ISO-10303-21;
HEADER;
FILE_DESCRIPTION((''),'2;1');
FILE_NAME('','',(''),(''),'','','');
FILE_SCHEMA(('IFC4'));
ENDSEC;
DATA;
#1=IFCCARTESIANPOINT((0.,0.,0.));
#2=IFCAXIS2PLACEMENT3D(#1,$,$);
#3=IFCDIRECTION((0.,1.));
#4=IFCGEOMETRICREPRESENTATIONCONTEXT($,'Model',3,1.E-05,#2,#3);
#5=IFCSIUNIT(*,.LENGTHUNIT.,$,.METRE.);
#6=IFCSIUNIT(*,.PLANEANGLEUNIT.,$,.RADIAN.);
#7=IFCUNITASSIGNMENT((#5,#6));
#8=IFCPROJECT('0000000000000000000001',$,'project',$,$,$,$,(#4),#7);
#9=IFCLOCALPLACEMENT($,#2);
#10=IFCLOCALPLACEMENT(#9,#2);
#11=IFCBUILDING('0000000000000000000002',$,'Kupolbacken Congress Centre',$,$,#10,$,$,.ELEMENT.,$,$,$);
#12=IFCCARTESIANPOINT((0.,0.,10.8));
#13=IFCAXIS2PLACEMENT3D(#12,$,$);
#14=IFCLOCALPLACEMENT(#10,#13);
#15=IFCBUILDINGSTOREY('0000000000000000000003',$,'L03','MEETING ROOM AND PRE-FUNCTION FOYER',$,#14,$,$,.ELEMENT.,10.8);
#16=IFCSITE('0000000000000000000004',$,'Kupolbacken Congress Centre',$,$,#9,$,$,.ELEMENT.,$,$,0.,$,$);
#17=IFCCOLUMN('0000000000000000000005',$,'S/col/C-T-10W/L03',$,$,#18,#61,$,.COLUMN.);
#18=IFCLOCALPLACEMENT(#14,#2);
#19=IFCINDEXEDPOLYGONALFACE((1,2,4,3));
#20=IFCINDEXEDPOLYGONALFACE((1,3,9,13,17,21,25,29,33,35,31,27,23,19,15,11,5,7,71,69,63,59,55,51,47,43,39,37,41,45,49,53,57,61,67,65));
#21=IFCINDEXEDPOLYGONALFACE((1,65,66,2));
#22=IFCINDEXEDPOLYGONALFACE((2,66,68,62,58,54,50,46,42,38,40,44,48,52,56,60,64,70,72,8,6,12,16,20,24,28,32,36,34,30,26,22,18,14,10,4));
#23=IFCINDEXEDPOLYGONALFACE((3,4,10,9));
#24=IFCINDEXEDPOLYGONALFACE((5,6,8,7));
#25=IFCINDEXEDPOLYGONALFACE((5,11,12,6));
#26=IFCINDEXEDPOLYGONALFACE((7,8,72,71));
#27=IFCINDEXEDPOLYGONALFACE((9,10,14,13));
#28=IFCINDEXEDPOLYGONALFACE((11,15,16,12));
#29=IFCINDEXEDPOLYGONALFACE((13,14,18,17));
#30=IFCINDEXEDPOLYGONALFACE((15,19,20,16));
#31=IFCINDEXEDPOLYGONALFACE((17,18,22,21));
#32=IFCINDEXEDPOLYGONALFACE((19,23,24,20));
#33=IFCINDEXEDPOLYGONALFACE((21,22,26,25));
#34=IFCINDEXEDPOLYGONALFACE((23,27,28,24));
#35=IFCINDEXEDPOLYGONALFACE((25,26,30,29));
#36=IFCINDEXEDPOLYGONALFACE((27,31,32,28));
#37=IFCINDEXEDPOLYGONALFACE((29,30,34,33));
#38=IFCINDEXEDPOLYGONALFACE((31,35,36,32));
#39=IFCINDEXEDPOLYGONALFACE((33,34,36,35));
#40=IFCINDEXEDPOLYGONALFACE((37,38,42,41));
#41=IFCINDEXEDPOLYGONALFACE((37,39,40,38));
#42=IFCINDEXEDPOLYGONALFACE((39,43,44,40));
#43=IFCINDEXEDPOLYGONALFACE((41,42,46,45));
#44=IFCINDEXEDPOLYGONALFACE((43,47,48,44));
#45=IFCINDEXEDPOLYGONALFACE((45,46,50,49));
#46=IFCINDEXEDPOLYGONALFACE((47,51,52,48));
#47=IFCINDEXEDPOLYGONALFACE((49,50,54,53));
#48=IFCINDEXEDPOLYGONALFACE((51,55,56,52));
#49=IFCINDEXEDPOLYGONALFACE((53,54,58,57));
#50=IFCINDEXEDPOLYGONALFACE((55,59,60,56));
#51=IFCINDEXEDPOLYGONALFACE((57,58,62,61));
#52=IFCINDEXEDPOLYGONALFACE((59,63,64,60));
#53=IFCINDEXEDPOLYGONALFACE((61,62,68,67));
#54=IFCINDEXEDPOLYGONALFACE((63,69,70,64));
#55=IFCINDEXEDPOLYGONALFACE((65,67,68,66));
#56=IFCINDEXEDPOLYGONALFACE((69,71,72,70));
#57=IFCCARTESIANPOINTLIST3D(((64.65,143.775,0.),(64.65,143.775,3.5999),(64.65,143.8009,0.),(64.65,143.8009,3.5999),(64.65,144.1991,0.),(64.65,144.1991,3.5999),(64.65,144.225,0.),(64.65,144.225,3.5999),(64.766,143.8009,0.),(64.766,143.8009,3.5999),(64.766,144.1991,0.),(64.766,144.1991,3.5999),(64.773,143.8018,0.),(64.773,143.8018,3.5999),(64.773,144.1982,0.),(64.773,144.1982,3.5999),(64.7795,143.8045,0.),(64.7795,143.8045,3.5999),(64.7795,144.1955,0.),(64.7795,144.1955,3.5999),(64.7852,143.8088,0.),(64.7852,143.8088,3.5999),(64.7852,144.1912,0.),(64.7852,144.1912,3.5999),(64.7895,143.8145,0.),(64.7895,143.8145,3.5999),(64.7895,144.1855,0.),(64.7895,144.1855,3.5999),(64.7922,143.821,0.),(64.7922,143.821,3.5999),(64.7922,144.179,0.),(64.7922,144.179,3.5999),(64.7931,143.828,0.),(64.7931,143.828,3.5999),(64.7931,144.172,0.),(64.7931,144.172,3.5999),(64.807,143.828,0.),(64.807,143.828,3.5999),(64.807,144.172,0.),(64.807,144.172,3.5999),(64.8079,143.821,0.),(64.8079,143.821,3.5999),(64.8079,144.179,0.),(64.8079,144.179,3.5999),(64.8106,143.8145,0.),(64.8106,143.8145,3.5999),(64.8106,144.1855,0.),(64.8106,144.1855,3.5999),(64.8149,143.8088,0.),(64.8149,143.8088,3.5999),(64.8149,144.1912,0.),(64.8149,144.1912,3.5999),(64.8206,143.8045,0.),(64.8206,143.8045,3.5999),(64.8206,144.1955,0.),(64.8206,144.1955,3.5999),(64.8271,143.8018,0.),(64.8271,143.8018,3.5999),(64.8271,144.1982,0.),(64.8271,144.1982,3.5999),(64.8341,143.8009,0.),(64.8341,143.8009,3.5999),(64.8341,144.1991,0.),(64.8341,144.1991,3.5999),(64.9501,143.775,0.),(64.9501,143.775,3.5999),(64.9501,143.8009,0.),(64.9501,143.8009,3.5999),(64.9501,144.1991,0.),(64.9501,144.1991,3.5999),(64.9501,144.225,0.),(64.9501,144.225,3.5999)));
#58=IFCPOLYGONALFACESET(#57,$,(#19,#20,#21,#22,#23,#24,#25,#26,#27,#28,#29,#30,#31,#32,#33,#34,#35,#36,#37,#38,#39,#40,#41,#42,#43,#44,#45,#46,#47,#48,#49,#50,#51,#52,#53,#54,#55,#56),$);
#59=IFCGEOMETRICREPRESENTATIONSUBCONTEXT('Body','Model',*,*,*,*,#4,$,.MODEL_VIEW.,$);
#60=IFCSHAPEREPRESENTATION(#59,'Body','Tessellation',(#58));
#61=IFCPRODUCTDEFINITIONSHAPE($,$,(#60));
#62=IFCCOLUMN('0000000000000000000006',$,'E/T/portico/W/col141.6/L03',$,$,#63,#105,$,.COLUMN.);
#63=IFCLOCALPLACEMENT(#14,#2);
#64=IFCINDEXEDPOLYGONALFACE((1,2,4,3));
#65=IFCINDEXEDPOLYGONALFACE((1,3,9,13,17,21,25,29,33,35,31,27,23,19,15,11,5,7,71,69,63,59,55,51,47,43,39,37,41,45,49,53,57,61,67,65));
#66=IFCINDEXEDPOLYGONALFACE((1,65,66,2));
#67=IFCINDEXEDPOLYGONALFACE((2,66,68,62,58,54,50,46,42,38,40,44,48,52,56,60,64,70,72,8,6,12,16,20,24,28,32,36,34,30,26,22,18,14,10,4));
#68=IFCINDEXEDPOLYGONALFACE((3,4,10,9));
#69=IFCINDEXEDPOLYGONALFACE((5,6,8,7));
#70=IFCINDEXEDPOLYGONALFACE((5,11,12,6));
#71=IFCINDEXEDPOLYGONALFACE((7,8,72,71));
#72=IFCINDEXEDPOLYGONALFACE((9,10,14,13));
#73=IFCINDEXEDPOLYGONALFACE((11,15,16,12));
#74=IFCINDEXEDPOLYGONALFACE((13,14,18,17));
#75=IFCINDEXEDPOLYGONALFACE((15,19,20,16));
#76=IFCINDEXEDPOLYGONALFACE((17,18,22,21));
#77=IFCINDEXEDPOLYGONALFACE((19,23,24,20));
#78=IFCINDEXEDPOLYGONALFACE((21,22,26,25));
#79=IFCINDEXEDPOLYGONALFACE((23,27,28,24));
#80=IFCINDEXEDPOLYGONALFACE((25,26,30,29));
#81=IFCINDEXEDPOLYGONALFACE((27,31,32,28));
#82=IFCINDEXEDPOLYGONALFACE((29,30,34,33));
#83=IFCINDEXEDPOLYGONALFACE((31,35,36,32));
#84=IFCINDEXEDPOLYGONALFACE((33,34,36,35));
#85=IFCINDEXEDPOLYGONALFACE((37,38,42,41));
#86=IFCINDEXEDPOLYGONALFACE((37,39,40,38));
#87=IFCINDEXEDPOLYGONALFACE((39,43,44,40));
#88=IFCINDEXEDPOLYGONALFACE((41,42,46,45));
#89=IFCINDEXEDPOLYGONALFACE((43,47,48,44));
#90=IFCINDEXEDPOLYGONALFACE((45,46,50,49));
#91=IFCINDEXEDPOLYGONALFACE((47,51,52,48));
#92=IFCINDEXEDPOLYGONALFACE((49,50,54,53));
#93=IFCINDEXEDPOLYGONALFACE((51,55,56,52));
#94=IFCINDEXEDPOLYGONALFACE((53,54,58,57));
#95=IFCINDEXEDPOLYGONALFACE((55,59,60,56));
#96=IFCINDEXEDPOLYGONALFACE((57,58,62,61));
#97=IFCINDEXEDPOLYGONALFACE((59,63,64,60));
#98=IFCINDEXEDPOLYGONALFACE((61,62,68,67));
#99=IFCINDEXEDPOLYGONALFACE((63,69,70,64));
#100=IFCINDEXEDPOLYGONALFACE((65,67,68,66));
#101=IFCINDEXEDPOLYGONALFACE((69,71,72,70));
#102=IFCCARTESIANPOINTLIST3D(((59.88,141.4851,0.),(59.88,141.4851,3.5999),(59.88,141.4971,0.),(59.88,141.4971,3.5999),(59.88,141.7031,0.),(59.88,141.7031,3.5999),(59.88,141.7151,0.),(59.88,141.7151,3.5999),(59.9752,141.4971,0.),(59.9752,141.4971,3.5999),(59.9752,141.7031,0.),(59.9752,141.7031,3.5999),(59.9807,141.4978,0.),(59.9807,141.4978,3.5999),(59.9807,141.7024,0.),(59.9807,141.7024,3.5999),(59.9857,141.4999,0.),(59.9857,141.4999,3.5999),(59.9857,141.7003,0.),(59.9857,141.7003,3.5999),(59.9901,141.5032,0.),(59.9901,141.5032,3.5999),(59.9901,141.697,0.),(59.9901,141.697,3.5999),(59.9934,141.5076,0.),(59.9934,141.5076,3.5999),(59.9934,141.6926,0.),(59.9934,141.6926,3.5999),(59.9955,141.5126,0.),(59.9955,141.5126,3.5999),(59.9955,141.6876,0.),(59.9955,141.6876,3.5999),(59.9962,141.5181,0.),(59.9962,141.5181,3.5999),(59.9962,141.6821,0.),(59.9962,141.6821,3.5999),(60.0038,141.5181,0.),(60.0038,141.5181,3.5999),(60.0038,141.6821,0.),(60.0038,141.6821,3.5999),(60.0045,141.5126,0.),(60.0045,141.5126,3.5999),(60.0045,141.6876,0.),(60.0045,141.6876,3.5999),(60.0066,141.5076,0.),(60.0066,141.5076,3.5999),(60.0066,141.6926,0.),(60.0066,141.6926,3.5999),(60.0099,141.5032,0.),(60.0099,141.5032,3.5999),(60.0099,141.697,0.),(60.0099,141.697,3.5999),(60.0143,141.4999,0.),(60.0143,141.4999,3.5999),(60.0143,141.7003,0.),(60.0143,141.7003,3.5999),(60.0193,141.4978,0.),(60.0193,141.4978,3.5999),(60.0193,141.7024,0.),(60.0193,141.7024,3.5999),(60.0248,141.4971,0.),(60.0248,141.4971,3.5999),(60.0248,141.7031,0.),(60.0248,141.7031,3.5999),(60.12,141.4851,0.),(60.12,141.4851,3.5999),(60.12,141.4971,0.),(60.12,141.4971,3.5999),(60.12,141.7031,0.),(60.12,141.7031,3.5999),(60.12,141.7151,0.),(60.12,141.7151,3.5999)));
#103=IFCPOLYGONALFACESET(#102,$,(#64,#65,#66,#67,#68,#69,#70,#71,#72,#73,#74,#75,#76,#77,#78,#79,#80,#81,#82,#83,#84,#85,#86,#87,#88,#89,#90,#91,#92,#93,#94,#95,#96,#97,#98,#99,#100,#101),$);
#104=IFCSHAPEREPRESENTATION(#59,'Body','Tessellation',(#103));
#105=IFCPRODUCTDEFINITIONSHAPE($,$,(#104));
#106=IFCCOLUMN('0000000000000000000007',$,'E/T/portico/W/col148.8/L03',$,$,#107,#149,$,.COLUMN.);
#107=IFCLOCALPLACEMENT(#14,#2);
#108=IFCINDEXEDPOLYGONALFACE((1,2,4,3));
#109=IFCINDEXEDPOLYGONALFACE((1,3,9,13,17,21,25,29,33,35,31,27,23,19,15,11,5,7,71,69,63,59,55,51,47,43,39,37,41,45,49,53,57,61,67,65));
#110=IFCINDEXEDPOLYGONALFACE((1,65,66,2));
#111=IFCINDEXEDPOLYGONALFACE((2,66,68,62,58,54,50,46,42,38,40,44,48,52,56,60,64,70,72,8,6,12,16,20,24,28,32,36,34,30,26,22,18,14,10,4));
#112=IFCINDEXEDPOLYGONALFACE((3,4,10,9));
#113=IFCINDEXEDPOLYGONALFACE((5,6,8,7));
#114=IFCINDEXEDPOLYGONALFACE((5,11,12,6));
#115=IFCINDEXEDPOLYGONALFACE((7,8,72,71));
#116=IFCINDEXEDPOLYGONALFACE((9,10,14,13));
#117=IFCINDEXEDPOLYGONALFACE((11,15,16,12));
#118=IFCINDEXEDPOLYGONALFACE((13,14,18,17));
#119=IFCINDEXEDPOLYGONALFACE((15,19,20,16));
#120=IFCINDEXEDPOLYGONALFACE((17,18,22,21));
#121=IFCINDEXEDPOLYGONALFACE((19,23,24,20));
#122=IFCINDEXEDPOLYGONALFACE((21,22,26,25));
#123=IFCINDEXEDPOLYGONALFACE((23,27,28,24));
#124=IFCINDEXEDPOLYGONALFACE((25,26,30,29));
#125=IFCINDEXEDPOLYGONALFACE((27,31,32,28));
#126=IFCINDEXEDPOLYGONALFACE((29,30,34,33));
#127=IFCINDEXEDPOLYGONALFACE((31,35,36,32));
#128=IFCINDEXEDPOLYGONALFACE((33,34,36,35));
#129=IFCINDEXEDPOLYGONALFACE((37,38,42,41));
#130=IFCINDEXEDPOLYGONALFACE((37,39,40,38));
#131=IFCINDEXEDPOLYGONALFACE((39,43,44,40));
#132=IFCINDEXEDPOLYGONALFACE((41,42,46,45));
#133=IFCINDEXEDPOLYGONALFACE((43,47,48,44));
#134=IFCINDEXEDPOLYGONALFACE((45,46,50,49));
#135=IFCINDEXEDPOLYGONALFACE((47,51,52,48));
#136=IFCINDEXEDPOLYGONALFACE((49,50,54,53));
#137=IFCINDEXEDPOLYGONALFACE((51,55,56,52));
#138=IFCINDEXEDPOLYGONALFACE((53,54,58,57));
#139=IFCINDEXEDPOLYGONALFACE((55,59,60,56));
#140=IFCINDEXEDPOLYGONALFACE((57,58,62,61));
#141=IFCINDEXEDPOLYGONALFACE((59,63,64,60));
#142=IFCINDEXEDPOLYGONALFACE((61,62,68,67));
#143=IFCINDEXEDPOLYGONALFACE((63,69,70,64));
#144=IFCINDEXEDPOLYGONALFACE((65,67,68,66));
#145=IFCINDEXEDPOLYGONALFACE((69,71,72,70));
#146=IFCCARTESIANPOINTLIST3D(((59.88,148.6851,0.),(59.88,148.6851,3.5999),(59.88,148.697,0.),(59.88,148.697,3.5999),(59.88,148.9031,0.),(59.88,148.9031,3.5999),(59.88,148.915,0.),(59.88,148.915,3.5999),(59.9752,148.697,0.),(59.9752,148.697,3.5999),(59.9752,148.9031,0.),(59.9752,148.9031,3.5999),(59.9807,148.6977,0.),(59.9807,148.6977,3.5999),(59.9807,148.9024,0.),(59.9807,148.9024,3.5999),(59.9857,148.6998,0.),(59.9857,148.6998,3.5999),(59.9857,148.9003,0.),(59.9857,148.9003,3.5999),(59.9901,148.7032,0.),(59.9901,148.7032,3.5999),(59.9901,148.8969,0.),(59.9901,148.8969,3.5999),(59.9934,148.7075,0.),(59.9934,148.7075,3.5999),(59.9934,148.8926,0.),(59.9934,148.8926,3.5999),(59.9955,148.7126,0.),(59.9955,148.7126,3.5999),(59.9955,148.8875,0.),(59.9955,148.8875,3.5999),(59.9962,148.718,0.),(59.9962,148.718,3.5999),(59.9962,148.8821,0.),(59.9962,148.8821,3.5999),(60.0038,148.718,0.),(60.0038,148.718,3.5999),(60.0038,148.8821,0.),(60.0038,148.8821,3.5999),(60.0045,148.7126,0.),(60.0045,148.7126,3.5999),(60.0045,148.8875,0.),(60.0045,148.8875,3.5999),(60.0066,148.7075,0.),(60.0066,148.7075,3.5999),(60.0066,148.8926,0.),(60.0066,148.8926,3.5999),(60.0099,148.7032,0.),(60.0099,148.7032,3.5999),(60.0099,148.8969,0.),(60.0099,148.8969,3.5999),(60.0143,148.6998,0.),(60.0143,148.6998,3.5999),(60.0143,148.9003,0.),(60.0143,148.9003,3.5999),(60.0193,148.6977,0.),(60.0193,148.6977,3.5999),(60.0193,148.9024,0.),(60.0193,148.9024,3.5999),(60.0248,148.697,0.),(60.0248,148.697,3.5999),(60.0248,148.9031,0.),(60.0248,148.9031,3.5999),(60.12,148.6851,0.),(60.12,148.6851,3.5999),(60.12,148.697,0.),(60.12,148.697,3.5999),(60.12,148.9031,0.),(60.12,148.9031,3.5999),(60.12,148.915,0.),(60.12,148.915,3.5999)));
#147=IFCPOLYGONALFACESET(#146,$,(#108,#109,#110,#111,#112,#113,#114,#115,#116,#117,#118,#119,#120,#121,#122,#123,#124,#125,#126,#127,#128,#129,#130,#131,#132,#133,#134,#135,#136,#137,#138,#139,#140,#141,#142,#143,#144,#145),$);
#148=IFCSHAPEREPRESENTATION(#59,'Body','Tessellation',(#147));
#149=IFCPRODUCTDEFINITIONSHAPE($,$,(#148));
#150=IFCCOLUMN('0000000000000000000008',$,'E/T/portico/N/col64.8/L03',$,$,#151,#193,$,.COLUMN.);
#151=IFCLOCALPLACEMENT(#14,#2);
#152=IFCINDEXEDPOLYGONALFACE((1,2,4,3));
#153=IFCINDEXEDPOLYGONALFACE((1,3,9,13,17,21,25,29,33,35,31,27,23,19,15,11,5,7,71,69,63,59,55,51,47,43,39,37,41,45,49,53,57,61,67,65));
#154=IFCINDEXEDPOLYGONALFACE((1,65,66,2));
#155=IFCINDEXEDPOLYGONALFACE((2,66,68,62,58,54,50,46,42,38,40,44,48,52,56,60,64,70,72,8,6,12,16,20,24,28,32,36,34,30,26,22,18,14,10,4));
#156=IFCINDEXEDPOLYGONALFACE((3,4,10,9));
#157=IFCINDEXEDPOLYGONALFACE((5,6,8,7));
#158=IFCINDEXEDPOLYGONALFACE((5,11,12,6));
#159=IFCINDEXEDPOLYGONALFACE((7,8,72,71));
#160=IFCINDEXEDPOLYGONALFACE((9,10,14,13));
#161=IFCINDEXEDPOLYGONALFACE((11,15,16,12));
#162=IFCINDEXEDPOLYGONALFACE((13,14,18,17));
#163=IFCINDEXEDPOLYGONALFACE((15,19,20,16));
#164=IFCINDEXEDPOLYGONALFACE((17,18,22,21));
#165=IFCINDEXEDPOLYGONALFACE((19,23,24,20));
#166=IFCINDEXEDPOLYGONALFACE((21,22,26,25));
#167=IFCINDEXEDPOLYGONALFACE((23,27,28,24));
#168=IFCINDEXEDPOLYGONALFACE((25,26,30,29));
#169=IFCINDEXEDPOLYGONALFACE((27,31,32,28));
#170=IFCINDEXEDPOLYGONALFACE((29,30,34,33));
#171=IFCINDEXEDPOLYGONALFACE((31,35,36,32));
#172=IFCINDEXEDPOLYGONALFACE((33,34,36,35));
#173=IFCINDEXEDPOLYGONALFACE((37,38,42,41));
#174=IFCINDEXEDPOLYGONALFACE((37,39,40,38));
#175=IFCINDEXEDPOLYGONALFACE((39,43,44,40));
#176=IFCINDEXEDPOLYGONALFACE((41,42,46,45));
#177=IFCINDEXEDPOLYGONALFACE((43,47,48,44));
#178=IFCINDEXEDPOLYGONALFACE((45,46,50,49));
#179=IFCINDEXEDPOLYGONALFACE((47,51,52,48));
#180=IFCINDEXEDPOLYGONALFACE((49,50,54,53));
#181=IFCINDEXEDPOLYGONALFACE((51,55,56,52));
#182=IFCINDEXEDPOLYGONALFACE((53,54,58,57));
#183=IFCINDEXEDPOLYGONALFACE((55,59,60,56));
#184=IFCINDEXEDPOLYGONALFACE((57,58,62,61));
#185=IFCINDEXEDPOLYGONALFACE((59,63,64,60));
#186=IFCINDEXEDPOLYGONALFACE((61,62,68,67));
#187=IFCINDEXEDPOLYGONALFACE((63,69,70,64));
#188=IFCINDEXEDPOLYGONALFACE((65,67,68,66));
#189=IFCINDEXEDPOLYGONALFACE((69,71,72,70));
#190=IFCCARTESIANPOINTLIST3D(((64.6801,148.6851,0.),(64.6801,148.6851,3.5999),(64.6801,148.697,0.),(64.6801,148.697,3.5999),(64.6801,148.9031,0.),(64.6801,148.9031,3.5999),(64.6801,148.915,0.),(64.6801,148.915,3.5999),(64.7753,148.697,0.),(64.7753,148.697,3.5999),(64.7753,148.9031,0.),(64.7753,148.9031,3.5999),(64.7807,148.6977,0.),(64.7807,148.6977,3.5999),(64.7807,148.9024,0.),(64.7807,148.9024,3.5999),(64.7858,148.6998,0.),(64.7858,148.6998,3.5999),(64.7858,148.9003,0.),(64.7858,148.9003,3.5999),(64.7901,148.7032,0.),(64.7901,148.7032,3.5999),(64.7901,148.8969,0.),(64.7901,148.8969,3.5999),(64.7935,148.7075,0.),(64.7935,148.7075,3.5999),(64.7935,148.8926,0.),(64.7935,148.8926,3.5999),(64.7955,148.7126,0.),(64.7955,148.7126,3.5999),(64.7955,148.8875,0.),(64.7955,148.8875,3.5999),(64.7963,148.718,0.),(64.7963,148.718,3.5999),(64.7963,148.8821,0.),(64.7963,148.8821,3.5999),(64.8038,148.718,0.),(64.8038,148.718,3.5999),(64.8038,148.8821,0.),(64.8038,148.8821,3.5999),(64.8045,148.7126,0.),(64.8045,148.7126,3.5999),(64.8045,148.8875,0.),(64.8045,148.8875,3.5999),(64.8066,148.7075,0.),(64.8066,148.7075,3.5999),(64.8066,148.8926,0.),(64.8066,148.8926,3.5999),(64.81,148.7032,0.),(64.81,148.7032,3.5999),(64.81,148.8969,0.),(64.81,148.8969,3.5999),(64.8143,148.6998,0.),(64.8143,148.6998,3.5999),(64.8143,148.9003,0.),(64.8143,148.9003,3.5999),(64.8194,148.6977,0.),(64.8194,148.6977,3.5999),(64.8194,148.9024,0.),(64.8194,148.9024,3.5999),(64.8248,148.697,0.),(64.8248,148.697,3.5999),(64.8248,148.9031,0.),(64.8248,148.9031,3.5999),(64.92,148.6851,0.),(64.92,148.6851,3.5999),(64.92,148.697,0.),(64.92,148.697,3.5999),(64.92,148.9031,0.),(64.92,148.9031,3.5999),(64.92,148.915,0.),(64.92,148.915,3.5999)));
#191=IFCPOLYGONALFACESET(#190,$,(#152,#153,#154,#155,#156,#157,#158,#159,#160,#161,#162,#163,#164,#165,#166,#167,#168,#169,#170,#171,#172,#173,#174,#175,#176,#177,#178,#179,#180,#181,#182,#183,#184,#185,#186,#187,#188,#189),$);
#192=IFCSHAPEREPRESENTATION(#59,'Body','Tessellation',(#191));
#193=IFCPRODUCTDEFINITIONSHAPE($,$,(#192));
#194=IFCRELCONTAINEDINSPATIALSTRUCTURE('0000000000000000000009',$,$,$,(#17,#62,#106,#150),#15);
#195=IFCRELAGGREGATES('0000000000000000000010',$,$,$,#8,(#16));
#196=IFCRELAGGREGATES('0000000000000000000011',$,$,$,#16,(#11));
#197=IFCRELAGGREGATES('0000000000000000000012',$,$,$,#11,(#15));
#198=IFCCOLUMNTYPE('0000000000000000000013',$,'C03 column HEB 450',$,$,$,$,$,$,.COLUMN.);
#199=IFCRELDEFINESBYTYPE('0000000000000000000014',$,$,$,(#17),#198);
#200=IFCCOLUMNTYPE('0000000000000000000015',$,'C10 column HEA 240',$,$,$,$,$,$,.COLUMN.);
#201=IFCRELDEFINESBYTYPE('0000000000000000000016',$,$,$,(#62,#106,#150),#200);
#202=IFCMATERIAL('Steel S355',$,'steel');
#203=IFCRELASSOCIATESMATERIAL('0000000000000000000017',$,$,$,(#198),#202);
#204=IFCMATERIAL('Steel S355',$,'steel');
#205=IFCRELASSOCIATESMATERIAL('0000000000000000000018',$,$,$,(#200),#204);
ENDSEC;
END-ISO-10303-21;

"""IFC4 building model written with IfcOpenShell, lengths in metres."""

from ifc_helpers import new_model, si_unit, direction, frame, origin, origin_2d, place, context, subcontext, project, spatial, i_section, extrude, material, material_profile, profile_set, type_object, element, save


model = new_model("IFC4")

# Units and contexts
model_context = context("Model", 3, precision=1e-05, world=origin(), true_north=direction((0.0, 1.0)))
body_context = subcontext(model_context, "Body", "Model", "MODEL_VIEW")
ifc_project = project(units=[si_unit("LENGTHUNIT", "METRE"), si_unit("PLANEANGLEUNIT", "RADIAN")], contexts=[model_context])

# Site, building, storey
site_placement = place(None, origin())
site = spatial("IfcSite", under=ifc_project, at=site_placement, Name="Kupolbacken Congress Centre", CompositionType="ELEMENT", RefElevation=0.0)
building_placement = place(site_placement, origin())
building = spatial("IfcBuilding", under=site, at=building_placement, Name="Kupolbacken Congress Centre", CompositionType="ELEMENT")
storey_placement = place(building_placement, frame((0.0, 0.0, 10.8)))
storey = spatial("IfcBuildingStorey", under=building, at=storey_placement, Name="L03", Description="MEETING ROOM AND PRE-FUNCTION FOYER", CompositionType="ELEMENT", Elevation=10.8)

# Columns
ifc_material_1 = material(Name="Steel S355", Category="steel")
ifc_material_profile_1 = material_profile(ifc_material_1, i_section(OverallWidth=0.3, OverallDepth=0.45, WebThickness=0.0139, FlangeThickness=0.0259, FilletRadius=0.0271, at=origin_2d()), Name="HEB 450")
ifc_profile_set_1 = profile_set([ifc_material_profile_1], Name="Steel S355")
column_type_1 = type_object("IfcColumnType", Name="C03 column HEB 450", PredefinedType="COLUMN", material=ifc_profile_set_1)
column_placement = place(storey_placement, frame((64.8, 144.0, 0.0), z_axis=(0.0, 0.0, 1.0), x_axis=(1.0, 0.0, 0.0)))
element("IfcColumn", 1, at=column_placement, inside=storey, type_object=column_type_1, Name="S/col/C-T-10W/L03", PredefinedType="COLUMN", context=body_context, shape_type="SweptSolid", body=[
    extrude(i_section(OverallWidth=0.3, OverallDepth=0.45, WebThickness=0.0139, FlangeThickness=0.0259, FilletRadius=0.0271, at=origin_2d()), origin(), (0.0, 0.0, 1.0), 3.5999),
])
ifc_material_2 = material(Name="Steel S355", Category="steel")
ifc_material_profile_2 = material_profile(ifc_material_2, i_section(OverallWidth=0.24, OverallDepth=0.23, WebThickness=0.0076, FlangeThickness=0.012, FilletRadius=0.021, at=origin_2d()), Name="HEA 240")
ifc_profile_set_2 = profile_set([ifc_material_profile_2], Name="Steel S355")
column_type_2 = type_object("IfcColumnType", Name="C10 column HEA 240", PredefinedType="COLUMN", material=ifc_profile_set_2)
for number, where, z_axis, x_axis, name in (
    (2, (60.0, 141.6001, 0.0), (0.0, 0.0, 1.0), (1.0, 0.0, 0.0), "E/T/portico/W/col141.6/L03"),
    (3, (60.0, 148.8, 0.0), (0.0, 0.0, 1.0), (1.0, 0.0, 0.0), "E/T/portico/W/col148.8/L03"),
    (4, (64.8, 148.8, 0.0), (0.0, 0.0, 1.0), (1.0, 0.0, 0.0), "E/T/portico/N/col64.8/L03"),
):
    element("IfcColumn", number, at=place(storey_placement, frame(where, z_axis=z_axis, x_axis=x_axis)), inside=storey, type_object=column_type_2, Name=name, PredefinedType="COLUMN", context=body_context, shape_type="SweptSolid", body=[
        extrude(i_section(OverallWidth=0.24, OverallDepth=0.23, WebThickness=0.0076, FlangeThickness=0.012, FilletRadius=0.021, at=origin_2d()), origin(), (0.0, 0.0, 1.0), 3.5999),
    ])

save(model, "model.ifc")
